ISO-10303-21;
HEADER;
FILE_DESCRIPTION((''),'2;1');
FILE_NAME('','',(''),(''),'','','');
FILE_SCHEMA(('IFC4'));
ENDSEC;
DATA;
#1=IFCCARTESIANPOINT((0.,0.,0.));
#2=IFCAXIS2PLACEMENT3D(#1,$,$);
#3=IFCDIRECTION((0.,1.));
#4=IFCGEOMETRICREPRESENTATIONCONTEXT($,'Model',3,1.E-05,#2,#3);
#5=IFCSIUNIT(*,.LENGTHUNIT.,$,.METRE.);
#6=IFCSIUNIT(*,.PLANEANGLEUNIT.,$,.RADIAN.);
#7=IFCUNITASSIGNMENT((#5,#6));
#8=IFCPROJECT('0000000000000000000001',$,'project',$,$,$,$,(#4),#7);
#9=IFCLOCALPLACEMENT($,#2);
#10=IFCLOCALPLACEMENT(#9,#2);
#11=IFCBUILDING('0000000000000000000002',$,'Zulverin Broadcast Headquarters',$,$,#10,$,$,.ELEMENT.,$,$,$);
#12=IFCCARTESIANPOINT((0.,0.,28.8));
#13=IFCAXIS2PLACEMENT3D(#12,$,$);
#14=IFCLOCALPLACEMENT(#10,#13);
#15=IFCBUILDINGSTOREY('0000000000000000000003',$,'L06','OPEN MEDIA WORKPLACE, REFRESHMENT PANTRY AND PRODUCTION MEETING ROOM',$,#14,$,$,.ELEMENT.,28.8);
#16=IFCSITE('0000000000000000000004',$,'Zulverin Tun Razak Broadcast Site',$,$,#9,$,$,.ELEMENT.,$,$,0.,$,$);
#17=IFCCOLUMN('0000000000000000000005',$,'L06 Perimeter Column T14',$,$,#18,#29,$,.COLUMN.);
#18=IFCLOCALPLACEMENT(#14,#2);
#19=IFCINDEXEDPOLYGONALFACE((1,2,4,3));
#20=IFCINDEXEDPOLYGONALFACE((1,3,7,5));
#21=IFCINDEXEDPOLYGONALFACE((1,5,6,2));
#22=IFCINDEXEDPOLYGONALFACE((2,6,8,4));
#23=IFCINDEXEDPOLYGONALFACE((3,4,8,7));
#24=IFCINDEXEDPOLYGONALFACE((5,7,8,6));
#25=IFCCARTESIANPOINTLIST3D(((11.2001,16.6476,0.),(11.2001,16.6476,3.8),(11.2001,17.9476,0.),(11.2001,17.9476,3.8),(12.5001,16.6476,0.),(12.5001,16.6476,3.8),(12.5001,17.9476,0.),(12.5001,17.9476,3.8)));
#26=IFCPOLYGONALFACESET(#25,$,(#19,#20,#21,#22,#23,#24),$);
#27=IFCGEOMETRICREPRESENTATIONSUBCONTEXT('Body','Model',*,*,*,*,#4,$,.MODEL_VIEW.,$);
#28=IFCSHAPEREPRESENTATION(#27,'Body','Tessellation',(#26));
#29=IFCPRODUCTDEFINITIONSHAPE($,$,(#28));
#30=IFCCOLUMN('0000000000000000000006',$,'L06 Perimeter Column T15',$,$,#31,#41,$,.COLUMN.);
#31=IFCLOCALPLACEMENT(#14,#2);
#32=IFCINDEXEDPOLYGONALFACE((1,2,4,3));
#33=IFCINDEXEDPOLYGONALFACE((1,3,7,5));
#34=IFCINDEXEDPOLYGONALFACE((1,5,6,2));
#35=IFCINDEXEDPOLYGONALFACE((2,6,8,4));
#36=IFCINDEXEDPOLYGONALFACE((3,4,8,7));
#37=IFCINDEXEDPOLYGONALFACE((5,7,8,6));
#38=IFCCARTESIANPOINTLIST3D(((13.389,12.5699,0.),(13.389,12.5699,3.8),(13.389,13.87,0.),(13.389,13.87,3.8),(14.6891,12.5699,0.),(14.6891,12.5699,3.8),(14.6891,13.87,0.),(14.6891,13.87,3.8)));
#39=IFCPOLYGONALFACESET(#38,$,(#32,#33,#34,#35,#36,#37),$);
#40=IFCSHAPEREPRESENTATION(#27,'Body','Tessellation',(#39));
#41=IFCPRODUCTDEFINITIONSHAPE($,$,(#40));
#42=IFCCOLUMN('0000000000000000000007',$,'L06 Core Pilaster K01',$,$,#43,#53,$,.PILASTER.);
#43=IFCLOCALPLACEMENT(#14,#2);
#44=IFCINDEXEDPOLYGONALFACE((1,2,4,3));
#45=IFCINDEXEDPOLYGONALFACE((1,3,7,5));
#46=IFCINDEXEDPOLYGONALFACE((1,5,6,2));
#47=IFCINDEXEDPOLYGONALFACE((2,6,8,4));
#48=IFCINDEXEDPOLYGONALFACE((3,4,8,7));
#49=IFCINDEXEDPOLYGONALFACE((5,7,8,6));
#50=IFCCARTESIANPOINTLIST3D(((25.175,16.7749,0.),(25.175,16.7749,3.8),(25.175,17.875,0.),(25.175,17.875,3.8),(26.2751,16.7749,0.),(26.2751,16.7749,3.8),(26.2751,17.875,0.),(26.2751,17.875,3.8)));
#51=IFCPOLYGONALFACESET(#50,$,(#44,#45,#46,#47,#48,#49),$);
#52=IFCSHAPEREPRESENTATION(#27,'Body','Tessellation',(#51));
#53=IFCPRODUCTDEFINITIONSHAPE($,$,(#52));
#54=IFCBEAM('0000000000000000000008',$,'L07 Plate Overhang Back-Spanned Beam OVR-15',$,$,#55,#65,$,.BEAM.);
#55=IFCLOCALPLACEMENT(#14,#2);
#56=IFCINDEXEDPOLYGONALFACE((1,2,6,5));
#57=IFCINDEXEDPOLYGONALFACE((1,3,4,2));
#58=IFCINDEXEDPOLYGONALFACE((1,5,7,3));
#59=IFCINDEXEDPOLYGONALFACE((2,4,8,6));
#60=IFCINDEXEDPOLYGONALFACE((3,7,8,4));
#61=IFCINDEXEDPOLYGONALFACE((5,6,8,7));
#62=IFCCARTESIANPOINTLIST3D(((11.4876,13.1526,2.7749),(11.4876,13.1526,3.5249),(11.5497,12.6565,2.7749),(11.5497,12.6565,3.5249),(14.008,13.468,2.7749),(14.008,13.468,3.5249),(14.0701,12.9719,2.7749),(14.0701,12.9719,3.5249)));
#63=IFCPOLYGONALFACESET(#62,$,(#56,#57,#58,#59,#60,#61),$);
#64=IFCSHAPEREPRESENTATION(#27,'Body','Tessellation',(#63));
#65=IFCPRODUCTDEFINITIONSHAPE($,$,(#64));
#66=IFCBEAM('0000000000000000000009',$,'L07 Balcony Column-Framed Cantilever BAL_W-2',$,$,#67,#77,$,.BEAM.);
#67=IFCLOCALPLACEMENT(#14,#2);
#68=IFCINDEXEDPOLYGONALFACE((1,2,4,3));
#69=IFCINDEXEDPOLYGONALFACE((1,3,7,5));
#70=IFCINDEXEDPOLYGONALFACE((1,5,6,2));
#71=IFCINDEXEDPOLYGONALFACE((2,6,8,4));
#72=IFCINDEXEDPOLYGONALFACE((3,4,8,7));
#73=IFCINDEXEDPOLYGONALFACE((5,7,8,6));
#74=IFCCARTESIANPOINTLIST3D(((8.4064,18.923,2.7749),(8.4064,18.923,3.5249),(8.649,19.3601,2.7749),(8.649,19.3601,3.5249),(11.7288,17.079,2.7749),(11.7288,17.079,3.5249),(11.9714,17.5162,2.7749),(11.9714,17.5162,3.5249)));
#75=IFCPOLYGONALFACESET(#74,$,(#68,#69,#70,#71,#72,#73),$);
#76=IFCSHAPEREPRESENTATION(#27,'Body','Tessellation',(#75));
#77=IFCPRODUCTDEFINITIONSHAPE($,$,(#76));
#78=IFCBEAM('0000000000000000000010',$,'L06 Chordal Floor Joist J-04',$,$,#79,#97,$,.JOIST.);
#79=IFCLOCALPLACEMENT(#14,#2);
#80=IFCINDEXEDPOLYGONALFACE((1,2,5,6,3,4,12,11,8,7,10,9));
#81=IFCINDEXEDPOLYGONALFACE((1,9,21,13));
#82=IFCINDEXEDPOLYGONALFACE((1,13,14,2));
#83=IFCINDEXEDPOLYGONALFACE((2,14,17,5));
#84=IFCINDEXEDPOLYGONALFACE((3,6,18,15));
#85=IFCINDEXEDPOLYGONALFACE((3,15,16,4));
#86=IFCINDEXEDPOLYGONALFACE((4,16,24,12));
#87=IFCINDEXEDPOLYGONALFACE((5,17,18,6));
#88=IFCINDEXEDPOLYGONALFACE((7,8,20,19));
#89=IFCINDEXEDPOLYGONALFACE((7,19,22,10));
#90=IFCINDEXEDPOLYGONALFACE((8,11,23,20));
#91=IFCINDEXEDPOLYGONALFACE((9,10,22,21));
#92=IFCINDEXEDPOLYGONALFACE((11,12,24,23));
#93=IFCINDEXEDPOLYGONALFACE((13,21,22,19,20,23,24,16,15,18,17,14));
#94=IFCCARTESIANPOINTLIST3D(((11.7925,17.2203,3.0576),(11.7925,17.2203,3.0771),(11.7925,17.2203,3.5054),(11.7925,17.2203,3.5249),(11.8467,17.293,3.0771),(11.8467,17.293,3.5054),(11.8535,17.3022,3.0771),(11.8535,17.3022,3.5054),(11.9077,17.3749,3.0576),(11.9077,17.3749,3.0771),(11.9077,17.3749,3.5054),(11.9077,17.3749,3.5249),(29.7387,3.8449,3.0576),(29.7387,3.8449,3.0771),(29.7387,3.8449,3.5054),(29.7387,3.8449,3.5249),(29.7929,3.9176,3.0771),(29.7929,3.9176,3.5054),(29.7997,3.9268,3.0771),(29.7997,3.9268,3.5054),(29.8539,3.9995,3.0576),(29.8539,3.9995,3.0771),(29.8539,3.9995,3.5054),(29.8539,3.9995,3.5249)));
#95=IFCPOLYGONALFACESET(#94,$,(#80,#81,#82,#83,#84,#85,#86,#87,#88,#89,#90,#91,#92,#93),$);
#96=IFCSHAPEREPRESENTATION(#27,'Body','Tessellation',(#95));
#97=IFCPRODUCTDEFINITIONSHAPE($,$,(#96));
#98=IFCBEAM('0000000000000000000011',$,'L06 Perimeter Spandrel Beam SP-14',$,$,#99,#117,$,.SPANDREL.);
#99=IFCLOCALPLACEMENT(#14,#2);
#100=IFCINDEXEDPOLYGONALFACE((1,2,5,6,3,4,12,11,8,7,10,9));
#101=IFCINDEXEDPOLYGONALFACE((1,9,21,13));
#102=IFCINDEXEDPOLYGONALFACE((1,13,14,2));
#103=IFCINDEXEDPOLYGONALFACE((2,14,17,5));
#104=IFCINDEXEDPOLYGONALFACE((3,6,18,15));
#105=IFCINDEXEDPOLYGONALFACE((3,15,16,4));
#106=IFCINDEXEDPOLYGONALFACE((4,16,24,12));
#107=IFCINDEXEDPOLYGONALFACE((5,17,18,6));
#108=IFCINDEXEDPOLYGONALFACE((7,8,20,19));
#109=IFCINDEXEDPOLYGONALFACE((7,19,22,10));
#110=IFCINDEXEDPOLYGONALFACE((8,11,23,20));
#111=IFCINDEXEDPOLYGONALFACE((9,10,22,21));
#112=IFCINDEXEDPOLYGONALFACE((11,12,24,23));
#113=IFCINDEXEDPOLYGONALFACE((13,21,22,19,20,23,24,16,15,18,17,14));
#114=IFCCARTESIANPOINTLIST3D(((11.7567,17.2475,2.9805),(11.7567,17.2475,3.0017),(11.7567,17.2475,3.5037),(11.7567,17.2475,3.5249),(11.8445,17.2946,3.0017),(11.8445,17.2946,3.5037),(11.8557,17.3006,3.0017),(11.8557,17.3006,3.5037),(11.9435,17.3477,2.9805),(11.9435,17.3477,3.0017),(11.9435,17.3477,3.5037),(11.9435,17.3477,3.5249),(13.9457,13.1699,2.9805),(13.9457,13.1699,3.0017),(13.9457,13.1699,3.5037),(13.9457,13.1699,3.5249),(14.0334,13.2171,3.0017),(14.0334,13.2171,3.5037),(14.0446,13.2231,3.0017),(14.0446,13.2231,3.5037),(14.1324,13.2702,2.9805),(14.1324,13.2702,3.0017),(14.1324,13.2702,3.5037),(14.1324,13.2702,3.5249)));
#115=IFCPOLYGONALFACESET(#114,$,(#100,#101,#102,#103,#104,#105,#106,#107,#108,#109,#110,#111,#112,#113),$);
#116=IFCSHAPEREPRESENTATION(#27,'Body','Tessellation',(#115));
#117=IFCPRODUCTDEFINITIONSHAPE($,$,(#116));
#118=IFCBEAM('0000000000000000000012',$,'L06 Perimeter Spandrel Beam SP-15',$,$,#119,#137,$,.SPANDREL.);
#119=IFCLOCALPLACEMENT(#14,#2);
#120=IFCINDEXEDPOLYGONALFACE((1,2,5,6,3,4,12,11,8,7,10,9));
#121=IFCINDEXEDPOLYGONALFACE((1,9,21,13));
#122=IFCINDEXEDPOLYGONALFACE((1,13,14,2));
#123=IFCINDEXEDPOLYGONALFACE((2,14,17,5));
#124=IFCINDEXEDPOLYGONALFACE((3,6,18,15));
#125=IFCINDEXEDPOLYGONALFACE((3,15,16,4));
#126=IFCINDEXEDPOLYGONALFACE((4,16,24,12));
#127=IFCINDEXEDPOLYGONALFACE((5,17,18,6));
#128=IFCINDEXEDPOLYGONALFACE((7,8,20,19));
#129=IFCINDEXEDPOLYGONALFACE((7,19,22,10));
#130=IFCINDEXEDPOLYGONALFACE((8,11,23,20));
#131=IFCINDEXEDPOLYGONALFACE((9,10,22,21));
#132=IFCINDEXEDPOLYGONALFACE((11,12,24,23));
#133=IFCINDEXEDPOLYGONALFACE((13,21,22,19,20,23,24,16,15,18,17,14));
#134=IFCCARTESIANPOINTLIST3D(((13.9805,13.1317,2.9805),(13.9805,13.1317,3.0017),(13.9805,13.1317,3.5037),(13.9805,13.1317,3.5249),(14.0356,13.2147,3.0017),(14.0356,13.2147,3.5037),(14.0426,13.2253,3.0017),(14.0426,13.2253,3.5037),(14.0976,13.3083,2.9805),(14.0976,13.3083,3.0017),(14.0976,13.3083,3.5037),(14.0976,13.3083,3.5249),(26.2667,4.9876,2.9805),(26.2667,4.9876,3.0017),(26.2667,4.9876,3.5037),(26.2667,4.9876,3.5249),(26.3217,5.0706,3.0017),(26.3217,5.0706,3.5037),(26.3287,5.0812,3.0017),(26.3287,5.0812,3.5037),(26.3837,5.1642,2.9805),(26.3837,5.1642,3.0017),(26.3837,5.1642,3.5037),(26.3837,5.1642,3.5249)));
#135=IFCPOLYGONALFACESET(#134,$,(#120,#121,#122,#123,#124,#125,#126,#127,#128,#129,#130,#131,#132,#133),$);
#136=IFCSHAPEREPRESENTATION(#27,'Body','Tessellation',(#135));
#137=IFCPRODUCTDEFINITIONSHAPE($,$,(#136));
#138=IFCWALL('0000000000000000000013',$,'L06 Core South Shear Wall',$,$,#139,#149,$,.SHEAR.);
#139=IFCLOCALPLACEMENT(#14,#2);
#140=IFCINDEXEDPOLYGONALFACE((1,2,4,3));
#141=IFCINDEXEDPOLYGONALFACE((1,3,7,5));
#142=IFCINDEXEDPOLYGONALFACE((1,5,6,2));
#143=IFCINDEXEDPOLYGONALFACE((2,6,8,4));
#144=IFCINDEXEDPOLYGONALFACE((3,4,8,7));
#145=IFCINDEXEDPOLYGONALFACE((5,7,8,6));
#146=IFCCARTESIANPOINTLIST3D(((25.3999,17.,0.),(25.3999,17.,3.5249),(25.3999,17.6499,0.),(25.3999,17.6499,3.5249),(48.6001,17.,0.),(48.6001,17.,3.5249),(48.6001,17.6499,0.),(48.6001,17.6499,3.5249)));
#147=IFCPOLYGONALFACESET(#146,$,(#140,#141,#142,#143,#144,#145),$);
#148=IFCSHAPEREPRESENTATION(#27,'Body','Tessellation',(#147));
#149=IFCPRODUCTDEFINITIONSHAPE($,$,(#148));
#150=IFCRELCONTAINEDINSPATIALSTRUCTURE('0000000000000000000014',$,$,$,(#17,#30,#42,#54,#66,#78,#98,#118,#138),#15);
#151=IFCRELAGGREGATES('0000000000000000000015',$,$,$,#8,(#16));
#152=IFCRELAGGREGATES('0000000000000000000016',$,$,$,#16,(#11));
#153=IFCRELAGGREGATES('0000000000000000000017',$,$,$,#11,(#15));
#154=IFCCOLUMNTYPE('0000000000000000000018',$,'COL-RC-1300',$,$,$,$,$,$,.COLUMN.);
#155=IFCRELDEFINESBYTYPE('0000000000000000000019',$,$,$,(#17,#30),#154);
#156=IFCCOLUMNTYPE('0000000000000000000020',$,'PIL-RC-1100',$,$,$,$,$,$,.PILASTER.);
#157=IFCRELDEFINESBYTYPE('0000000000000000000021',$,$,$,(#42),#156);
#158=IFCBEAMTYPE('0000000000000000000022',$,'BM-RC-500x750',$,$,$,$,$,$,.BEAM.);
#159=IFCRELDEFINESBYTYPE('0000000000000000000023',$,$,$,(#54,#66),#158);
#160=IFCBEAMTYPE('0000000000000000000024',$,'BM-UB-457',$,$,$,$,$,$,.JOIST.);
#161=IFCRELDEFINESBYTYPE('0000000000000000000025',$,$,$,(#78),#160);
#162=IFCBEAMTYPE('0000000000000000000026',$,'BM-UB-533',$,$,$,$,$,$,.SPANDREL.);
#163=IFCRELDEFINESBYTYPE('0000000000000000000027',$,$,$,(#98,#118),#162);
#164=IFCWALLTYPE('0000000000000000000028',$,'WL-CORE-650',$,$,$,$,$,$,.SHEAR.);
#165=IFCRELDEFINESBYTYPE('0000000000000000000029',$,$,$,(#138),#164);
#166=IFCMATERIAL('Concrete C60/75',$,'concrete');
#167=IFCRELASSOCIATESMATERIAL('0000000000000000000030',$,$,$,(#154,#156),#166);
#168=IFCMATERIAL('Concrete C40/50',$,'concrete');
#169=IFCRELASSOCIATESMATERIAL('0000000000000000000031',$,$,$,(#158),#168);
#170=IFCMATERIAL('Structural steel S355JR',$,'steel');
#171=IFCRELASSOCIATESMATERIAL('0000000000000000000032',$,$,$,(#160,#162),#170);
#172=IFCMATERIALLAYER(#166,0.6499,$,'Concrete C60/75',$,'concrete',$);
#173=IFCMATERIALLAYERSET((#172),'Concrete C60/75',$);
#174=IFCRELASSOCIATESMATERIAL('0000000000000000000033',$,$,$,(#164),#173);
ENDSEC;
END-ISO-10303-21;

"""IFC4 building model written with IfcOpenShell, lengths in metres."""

from ifc_helpers import new_model, si_unit, direction, frame, frame_2d, origin, origin_2d, place, context, subcontext, project, spatial, rectangle, i_section, extrude, material, layer, layer_set, material_profile, profile_set, type_object, element, save


model = new_model("IFC4")

# Units and contexts
model_context = context("Model", 3, precision=1e-05, world=origin(), true_north=direction((0.0, 1.0)))
body_context = subcontext(model_context, "Body", "Model", "MODEL_VIEW")
ifc_project = project(units=[si_unit("LENGTHUNIT", "METRE"), si_unit("PLANEANGLEUNIT", "RADIAN")], contexts=[model_context])

# Site, building, storey
site_placement = place(None, origin())
site = spatial("IfcSite", under=ifc_project, at=site_placement, Name="Zulverin Tun Razak Broadcast Site", CompositionType="ELEMENT", RefElevation=0.0)
building_placement = place(site_placement, origin())
building = spatial("IfcBuilding", under=site, at=building_placement, Name="Zulverin Broadcast Headquarters", CompositionType="ELEMENT")
storey_placement = place(building_placement, frame((0.0, 0.0, 28.8)))
storey = spatial("IfcBuildingStorey", under=building, at=storey_placement, Name="L06", Description="OPEN MEDIA WORKPLACE, REFRESHMENT PANTRY AND PRODUCTION MEETING ROOM", CompositionType="ELEMENT", Elevation=28.8)

# Columns
ifc_material_1 = material(Name="Concrete C60/75", Category="concrete")
ifc_material_profile_1 = material_profile(ifc_material_1, rectangle(XDim=1.3, YDim=1.3, at=origin_2d()), Name="Concrete C60/75", Category="concrete")
ifc_profile_set_1 = profile_set([ifc_material_profile_1], Name="Concrete C60/75")
column_type_1 = type_object("IfcColumnType", Name="COL-RC-1300", PredefinedType="COLUMN", material=ifc_profile_set_1)
for number, where, z_axis, x_axis, name in (
    (1, (11.8501, 17.2976, 0.0), (0.0, 0.0, 1.0), (1.0, 0.0, 0.0), "L06 Perimeter Column T14"),
    (2, (14.0391, 13.22, 0.0), (0.0, 0.0, 1.0), (1.0, 0.0, 0.0), "L06 Perimeter Column T15"),
):
    element("IfcColumn", number, at=place(storey_placement, frame(where, z_axis=z_axis, x_axis=x_axis)), inside=storey, type_object=column_type_1, Name=name, PredefinedType="COLUMN", context=body_context, shape_type="SweptSolid", body=[
        extrude(rectangle(XDim=1.3, YDim=1.3, at=origin_2d()), origin(), (0.0, 0.0, 1.0), 3.8),
    ])
ifc_material_profile_2 = material_profile(ifc_material_1, rectangle(XDim=1.1001, YDim=1.1001, at=origin_2d()), Name="Concrete C60/75", Category="concrete")
ifc_profile_set_2 = profile_set([ifc_material_profile_2], Name="Concrete C60/75")
column_type_2 = type_object("IfcColumnType", Name="PIL-RC-1100", PredefinedType="PILASTER", material=ifc_profile_set_2)
column_placement = place(storey_placement, frame((25.7251, 17.325, 0.0), z_axis=(0.0, 0.0, 1.0), x_axis=(1.0, 0.0, 0.0)))
element("IfcColumn", 3, at=column_placement, inside=storey, type_object=column_type_2, Name="L06 Core Pilaster K01", PredefinedType="PILASTER", context=body_context, shape_type="SweptSolid", body=[
    extrude(rectangle(XDim=1.1001, YDim=1.1001, at=origin_2d()), origin(), (0.0, 0.0, 1.0), 3.8),
])

# Beams
ifc_material_2 = material(Name="Concrete C40/50", Category="concrete")
ifc_material_profile_3 = material_profile(ifc_material_2, rectangle(XDim=0.5, YDim=0.75, at=origin_2d()), Name="Concrete C40/50", Category="concrete")
ifc_profile_set_3 = profile_set([ifc_material_profile_3], Name="Concrete C40/50")
beam_type_1 = type_object("IfcBeamType", Name="BM-RC-500x750", PredefinedType="BEAM", material=ifc_profile_set_3)
beam_1_placement = place(storey_placement, frame((14.0391, 13.22, 3.1499), z_axis=(-0.992259, -0.124189, 0.0), x_axis=(0.124189, -0.992259, 0.0)))
element("IfcBeam", 4, at=beam_1_placement, inside=storey, type_object=beam_type_1, Name="L07 Plate Overhang Back-Spanned Beam OVR-15", PredefinedType="BEAM", context=body_context, shape_type="SweptSolid", body=[
    extrude(rectangle(XDim=0.5, YDim=0.75, at=origin_2d()), origin(), (0.0, 0.0, 1.0), 2.54),
])
beam_2_placement = place(storey_placement, frame((11.8501, 17.2976, 3.1499), z_axis=(-0.874363, 0.485272, 0.0), x_axis=(-0.485272, -0.874363, 0.0)))
element("IfcBeam", 5, at=beam_2_placement, inside=storey, type_object=beam_type_1, Name="L07 Balcony Column-Framed Cantilever BAL_W-2", PredefinedType="BEAM", context=body_context, shape_type="SweptSolid", body=[
    extrude(rectangle(XDim=0.5, YDim=0.75, at=origin_2d()), origin(), (0.0, 0.0, 1.0), 3.7998),
])
ifc_material_3 = material(Name="Structural steel S355JR", Category="steel")
ifc_material_profile_4 = material_profile(ifc_material_3, i_section(OverallWidth=0.1929, OverallDepth=0.4673, WebThickness=0.0115, FlangeThickness=0.0195, at=origin_2d()), Name="Structural steel S355JR", Category="steel")
ifc_profile_set_4 = profile_set([ifc_material_profile_4], Name="Structural steel S355JR")
beam_type_2 = type_object("IfcBeamType", Name="BM-UB-457", PredefinedType="JOIST", material=ifc_profile_set_4)
beam_3_placement = place(storey_placement, frame((11.8501, 17.2976, 3.2913), z_axis=(0.801803, -0.597589, 0.0), x_axis=(0.597589, 0.801803, 0.0)))
element("IfcBeam", 6, at=beam_3_placement, inside=storey, type_object=beam_type_2, Name="L06 Chordal Floor Joist J-04", PredefinedType="JOIST", context=body_context, shape_type="SweptSolid", body=[
    extrude(i_section(OverallWidth=0.1929, OverallDepth=0.4673, WebThickness=0.0115, FlangeThickness=0.0195, at=origin_2d()), origin(), (0.0, 0.0, 1.0), 22.3823),
])
ifc_material_profile_5 = material_profile(ifc_material_3, i_section(OverallWidth=0.2119, OverallDepth=0.5444, WebThickness=0.0127, FlangeThickness=0.0212, at=origin_2d()), Name="Structural steel S355JR", Category="steel")
ifc_profile_set_5 = profile_set([ifc_material_profile_5], Name="Structural steel S355JR")
beam_type_3 = type_object("IfcBeamType", Name="BM-UB-533", PredefinedType="SPANDREL", material=ifc_profile_set_5)
beam_4_placement = place(storey_placement, frame((11.8501, 17.2976, 3.2527), z_axis=(0.47298, -0.881073, 0.0), x_axis=(0.881073, 0.47298, 0.0)))
element("IfcBeam", 7, at=beam_4_placement, inside=storey, type_object=beam_type_3, Name="L06 Perimeter Spandrel Beam SP-14", PredefinedType="SPANDREL", context=body_context, shape_type="SweptSolid", body=[
    extrude(i_section(OverallWidth=0.2119, OverallDepth=0.5444, WebThickness=0.0127, FlangeThickness=0.0212, at=origin_2d()), origin(), (0.0, 0.0, 1.0), 4.6279),
])
beam_5_placement = place(storey_placement, frame((14.0391, 13.22, 3.2527), z_axis=(0.83351, -0.552504, 0.0), x_axis=(0.552504, 0.83351, 0.0)))
element("IfcBeam", 8, at=beam_5_placement, inside=storey, type_object=beam_type_3, Name="L06 Perimeter Spandrel Beam SP-15", PredefinedType="SPANDREL", context=body_context, shape_type="SweptSolid", body=[
    extrude(i_section(OverallWidth=0.2119, OverallDepth=0.5444, WebThickness=0.0127, FlangeThickness=0.0212, at=origin_2d()), origin(), (0.0, 0.0, 1.0), 14.7402),
])

# Wall
ifc_layer_1 = layer(ifc_material_1, 0.6499, Name="Concrete C60/75", Category="concrete")
ifc_layer_set_1 = layer_set([ifc_layer_1], Name="Concrete C60/75")
wall_type_1 = type_object("IfcWallType", Name="WL-CORE-650", PredefinedType="SHEAR", material=ifc_layer_set_1)
wall_1_placement = place(storey_placement, frame((25.3999, 17.325, 0.0), z_axis=(0.0, 0.0, 1.0), x_axis=(1.0, 0.0, 0.0)))
element("IfcWall", 9, at=wall_1_placement, inside=storey, type_object=wall_type_1, Name="L06 Core South Shear Wall", PredefinedType="SHEAR", context=body_context, shape_type="SweptSolid", body=[
    extrude(rectangle(XDim=23.2002, YDim=0.6499, at=frame_2d((11.6001, 0.0))), origin(), (0.0, 0.0, 1.0), 3.5249),
])

save(model, "model.ifc")
